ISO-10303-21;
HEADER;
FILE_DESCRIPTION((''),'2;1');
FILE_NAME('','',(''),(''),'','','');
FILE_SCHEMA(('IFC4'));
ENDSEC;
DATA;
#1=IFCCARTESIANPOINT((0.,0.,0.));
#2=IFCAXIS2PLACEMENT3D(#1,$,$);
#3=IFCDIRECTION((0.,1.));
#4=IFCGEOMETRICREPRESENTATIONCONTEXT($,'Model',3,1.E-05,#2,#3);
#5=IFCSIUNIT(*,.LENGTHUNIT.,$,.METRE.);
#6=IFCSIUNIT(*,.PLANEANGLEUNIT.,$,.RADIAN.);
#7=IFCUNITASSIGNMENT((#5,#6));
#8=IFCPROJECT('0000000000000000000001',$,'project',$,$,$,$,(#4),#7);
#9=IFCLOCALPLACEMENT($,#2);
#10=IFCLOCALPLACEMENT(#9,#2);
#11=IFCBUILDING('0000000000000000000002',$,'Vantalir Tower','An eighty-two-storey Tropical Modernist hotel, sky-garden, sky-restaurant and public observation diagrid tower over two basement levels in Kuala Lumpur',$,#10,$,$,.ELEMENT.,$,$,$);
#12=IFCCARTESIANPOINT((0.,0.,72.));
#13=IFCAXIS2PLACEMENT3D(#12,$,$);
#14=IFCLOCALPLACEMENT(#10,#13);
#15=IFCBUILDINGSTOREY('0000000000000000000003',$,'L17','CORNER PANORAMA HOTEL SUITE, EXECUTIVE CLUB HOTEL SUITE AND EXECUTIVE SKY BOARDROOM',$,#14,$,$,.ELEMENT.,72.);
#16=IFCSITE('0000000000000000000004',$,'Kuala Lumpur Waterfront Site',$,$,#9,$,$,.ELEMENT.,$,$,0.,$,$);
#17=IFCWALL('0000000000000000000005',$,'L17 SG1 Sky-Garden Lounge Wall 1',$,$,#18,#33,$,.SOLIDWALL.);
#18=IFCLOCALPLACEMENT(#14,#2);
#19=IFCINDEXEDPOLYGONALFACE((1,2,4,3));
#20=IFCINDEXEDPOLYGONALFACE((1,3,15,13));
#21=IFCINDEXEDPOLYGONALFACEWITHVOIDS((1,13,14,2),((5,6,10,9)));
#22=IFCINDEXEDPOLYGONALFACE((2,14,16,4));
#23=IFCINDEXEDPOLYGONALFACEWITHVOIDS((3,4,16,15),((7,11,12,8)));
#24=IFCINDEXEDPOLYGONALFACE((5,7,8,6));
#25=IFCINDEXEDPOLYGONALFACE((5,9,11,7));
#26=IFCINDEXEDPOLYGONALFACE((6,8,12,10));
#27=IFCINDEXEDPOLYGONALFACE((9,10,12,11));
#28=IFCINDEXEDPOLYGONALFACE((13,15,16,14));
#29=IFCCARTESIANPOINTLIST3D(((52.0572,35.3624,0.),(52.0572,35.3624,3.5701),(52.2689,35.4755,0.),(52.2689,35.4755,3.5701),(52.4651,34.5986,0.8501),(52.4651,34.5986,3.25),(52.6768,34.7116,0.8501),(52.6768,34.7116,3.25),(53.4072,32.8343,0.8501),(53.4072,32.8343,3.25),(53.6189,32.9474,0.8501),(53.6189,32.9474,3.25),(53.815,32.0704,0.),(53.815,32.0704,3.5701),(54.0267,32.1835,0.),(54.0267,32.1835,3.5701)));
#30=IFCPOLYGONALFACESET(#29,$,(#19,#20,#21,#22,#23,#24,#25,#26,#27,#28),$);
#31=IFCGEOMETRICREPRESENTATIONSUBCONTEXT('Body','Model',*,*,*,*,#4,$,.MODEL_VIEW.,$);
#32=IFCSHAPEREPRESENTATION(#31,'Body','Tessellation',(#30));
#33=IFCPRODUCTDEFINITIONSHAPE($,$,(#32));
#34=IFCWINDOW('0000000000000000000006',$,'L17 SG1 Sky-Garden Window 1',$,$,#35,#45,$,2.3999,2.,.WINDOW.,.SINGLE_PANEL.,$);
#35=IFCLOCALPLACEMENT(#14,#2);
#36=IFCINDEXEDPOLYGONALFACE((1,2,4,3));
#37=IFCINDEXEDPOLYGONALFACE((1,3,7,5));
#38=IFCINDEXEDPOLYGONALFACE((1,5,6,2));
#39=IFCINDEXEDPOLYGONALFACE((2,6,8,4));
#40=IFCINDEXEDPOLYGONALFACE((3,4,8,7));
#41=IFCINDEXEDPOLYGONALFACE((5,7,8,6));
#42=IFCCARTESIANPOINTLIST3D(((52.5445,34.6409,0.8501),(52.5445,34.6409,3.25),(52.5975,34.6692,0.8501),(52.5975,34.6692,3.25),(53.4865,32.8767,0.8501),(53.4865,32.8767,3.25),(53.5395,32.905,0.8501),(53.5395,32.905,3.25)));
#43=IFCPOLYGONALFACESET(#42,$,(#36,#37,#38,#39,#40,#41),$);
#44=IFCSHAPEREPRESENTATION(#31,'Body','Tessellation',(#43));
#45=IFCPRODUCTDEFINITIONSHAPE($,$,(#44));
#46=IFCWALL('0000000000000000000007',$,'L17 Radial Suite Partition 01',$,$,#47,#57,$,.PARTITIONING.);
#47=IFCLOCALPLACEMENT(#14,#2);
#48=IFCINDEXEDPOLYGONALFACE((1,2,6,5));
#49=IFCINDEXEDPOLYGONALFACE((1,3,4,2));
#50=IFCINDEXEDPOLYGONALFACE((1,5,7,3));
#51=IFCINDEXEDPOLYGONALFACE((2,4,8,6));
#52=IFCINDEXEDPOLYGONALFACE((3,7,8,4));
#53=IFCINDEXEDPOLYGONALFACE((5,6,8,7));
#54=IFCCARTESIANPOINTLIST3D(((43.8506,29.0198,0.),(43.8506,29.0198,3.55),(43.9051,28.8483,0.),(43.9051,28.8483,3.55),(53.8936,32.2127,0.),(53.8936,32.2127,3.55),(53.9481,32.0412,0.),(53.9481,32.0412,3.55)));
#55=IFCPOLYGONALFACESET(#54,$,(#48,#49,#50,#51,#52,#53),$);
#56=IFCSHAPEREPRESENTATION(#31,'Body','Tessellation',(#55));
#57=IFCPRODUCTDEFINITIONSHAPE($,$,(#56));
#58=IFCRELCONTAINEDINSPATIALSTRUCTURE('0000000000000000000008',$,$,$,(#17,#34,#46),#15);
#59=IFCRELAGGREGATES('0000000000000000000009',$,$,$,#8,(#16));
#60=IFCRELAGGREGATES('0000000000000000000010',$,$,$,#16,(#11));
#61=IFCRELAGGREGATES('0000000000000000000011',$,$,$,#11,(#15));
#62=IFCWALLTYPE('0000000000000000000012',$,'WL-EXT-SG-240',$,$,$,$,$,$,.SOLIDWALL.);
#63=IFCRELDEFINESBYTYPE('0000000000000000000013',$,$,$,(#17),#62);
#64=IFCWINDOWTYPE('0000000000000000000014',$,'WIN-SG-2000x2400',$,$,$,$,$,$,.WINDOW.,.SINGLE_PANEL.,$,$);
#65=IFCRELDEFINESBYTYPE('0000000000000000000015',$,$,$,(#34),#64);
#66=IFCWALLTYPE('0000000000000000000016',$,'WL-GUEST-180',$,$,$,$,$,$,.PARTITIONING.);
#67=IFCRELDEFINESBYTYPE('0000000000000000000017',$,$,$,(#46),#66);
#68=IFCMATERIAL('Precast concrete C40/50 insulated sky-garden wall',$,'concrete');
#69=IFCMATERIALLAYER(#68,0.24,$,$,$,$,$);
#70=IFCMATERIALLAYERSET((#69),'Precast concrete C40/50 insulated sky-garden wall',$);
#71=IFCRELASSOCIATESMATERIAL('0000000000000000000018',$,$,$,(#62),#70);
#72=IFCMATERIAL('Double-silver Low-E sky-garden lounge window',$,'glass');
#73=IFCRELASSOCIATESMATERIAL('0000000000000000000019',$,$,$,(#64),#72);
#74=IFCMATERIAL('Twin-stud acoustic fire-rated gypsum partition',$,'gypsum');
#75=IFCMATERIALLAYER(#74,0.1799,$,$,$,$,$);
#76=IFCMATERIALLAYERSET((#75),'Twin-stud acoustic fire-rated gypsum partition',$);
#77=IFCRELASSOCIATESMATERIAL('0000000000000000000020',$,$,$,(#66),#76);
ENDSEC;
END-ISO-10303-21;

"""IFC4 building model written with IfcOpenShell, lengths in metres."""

from ifc_helpers import new_model, si_unit, direction, frame, frame_2d, origin, place, context, subcontext, project, spatial, rectangle, extrude, material, layer, layer_set, type_object, element, fill, save


model = new_model("IFC4")

# Units and contexts
model_context = context("Model", 3, precision=1e-05, world=origin(), true_north=direction((0.0, 1.0)))
body_context = subcontext(model_context, "Body", "Model", "MODEL_VIEW")
ifc_project = project(units=[si_unit("LENGTHUNIT", "METRE"), si_unit("PLANEANGLEUNIT", "RADIAN")], contexts=[model_context])

# Site, building, storey
site_placement = place(None, origin())
site = spatial("IfcSite", under=ifc_project, at=site_placement, Name="Kuala Lumpur Waterfront Site", CompositionType="ELEMENT", RefElevation=0.0)
building_placement = place(site_placement, origin())
building = spatial("IfcBuilding", under=site, at=building_placement, Name="Vantalir Tower", Description="An eighty-two-storey Tropical Modernist hotel, sky-garden, sky-restaurant and public observation diagrid tower over two basement levels in Kuala Lumpur", CompositionType="ELEMENT")
storey_placement = place(building_placement, frame((0.0, 0.0, 72.0)))
storey = spatial("IfcBuildingStorey", under=building, at=storey_placement, Name="L17", Description="CORNER PANORAMA HOTEL SUITE, EXECUTIVE CLUB HOTEL SUITE AND EXECUTIVE SKY BOARDROOM", CompositionType="ELEMENT", Elevation=72.0)

# Shared definitions
ifc_material_1 = material(Name="Precast concrete C40/50 insulated sky-garden wall", Category="concrete")
ifc_layer_1 = layer(ifc_material_1, 0.24)
ifc_layer_set_1 = layer_set([ifc_layer_1], Name="Precast concrete C40/50 insulated sky-garden wall")
wall_type_1 = type_object("IfcWallType", Name="WL-EXT-SG-240", PredefinedType="SOLIDWALL", material=ifc_layer_set_1)

# Wall, opening, window
wall_1_placement = place(storey_placement, frame((53.9209, 32.127, 0.0), z_axis=(0.0, 0.0, 1.0), x_axis=(-0.471023, 0.882121, 0.0)))
wall_1 = element("IfcWall", 1, at=wall_1_placement, inside=storey, type_object=wall_type_1, Name="L17 SG1 Sky-Garden Lounge Wall 1", PredefinedType="SOLIDWALL", context=body_context, shape_type="SweptSolid", body=[
    extrude(rectangle(XDim=3.7319, YDim=0.24, at=frame_2d((1.866, 0.0))), origin(), (0.0, 0.0, 1.0), 3.5701),
])
opening_1_placement = place(wall_1_placement, frame((0.866, 0.0, 0.8501)))
opening_1 = element("IfcOpeningElement", 2, at=opening_1_placement, cuts=wall_1, PredefinedType="OPENING", context=body_context, shape_type="SweptSolid", body=[
    extrude(rectangle(XDim=2.0, YDim=2.3999, at=frame_2d((1.0, 1.2))), frame((0.0, 0.1299, 0.0), z_axis=(0.0, -1.0, 0.0), x_axis=(1.0, 0.0, 0.0)), (0.0, 0.0, 1.0), 0.26),
])
ifc_material_2 = material(Name="Double-silver Low-E sky-garden lounge window", Category="glass")
window_type = type_object("IfcWindowType", Name="WIN-SG-2000x2400", PartitioningType="SINGLE_PANEL", PredefinedType="WINDOW", material=ifc_material_2)
window_placement = place(opening_1_placement, origin())
window = element("IfcWindow", 3, at=window_placement, inside=storey, type_object=window_type, Name="L17 SG1 Sky-Garden Window 1", OverallHeight=2.3999, OverallWidth=2.0, PartitioningType="SINGLE_PANEL", PredefinedType="WINDOW", context=body_context, shape_type="SweptSolid", body=[
    extrude(rectangle(XDim=2.0, YDim=2.3999, at=frame_2d((1.0, 1.2))), frame((0.0, 0.03, 0.0), z_axis=(0.0, -1.0, 0.0), x_axis=(1.0, 0.0, 0.0)), (0.0, 0.0, 1.0), 0.0601),
])
fill(opening_1, window)

# Wall
ifc_material_3 = material(Name="Twin-stud acoustic fire-rated gypsum partition", Category="gypsum")
ifc_layer_2 = layer(ifc_material_3, 0.1799)
ifc_layer_set_2 = layer_set([ifc_layer_2], Name="Twin-stud acoustic fire-rated gypsum partition")
wall_type_2 = type_object("IfcWallType", Name="WL-GUEST-180", PredefinedType="PARTITIONING", material=ifc_layer_set_2)
wall_2_placement = place(storey_placement, frame((43.8779, 28.9341, 0.0), z_axis=(0.0, 0.0, 1.0), x_axis=(0.952998, 0.302978, 0.0)))
element("IfcWall", 4, at=wall_2_placement, inside=storey, type_object=wall_type_2, Name="L17 Radial Suite Partition 01", PredefinedType="PARTITIONING", context=body_context, shape_type="SweptSolid", body=[
    extrude(rectangle(XDim=10.5383, YDim=0.1799, at=frame_2d((5.269, 0.0))), origin(), (0.0, 0.0, 1.0), 3.55),
])

save(model, "model.ifc")
